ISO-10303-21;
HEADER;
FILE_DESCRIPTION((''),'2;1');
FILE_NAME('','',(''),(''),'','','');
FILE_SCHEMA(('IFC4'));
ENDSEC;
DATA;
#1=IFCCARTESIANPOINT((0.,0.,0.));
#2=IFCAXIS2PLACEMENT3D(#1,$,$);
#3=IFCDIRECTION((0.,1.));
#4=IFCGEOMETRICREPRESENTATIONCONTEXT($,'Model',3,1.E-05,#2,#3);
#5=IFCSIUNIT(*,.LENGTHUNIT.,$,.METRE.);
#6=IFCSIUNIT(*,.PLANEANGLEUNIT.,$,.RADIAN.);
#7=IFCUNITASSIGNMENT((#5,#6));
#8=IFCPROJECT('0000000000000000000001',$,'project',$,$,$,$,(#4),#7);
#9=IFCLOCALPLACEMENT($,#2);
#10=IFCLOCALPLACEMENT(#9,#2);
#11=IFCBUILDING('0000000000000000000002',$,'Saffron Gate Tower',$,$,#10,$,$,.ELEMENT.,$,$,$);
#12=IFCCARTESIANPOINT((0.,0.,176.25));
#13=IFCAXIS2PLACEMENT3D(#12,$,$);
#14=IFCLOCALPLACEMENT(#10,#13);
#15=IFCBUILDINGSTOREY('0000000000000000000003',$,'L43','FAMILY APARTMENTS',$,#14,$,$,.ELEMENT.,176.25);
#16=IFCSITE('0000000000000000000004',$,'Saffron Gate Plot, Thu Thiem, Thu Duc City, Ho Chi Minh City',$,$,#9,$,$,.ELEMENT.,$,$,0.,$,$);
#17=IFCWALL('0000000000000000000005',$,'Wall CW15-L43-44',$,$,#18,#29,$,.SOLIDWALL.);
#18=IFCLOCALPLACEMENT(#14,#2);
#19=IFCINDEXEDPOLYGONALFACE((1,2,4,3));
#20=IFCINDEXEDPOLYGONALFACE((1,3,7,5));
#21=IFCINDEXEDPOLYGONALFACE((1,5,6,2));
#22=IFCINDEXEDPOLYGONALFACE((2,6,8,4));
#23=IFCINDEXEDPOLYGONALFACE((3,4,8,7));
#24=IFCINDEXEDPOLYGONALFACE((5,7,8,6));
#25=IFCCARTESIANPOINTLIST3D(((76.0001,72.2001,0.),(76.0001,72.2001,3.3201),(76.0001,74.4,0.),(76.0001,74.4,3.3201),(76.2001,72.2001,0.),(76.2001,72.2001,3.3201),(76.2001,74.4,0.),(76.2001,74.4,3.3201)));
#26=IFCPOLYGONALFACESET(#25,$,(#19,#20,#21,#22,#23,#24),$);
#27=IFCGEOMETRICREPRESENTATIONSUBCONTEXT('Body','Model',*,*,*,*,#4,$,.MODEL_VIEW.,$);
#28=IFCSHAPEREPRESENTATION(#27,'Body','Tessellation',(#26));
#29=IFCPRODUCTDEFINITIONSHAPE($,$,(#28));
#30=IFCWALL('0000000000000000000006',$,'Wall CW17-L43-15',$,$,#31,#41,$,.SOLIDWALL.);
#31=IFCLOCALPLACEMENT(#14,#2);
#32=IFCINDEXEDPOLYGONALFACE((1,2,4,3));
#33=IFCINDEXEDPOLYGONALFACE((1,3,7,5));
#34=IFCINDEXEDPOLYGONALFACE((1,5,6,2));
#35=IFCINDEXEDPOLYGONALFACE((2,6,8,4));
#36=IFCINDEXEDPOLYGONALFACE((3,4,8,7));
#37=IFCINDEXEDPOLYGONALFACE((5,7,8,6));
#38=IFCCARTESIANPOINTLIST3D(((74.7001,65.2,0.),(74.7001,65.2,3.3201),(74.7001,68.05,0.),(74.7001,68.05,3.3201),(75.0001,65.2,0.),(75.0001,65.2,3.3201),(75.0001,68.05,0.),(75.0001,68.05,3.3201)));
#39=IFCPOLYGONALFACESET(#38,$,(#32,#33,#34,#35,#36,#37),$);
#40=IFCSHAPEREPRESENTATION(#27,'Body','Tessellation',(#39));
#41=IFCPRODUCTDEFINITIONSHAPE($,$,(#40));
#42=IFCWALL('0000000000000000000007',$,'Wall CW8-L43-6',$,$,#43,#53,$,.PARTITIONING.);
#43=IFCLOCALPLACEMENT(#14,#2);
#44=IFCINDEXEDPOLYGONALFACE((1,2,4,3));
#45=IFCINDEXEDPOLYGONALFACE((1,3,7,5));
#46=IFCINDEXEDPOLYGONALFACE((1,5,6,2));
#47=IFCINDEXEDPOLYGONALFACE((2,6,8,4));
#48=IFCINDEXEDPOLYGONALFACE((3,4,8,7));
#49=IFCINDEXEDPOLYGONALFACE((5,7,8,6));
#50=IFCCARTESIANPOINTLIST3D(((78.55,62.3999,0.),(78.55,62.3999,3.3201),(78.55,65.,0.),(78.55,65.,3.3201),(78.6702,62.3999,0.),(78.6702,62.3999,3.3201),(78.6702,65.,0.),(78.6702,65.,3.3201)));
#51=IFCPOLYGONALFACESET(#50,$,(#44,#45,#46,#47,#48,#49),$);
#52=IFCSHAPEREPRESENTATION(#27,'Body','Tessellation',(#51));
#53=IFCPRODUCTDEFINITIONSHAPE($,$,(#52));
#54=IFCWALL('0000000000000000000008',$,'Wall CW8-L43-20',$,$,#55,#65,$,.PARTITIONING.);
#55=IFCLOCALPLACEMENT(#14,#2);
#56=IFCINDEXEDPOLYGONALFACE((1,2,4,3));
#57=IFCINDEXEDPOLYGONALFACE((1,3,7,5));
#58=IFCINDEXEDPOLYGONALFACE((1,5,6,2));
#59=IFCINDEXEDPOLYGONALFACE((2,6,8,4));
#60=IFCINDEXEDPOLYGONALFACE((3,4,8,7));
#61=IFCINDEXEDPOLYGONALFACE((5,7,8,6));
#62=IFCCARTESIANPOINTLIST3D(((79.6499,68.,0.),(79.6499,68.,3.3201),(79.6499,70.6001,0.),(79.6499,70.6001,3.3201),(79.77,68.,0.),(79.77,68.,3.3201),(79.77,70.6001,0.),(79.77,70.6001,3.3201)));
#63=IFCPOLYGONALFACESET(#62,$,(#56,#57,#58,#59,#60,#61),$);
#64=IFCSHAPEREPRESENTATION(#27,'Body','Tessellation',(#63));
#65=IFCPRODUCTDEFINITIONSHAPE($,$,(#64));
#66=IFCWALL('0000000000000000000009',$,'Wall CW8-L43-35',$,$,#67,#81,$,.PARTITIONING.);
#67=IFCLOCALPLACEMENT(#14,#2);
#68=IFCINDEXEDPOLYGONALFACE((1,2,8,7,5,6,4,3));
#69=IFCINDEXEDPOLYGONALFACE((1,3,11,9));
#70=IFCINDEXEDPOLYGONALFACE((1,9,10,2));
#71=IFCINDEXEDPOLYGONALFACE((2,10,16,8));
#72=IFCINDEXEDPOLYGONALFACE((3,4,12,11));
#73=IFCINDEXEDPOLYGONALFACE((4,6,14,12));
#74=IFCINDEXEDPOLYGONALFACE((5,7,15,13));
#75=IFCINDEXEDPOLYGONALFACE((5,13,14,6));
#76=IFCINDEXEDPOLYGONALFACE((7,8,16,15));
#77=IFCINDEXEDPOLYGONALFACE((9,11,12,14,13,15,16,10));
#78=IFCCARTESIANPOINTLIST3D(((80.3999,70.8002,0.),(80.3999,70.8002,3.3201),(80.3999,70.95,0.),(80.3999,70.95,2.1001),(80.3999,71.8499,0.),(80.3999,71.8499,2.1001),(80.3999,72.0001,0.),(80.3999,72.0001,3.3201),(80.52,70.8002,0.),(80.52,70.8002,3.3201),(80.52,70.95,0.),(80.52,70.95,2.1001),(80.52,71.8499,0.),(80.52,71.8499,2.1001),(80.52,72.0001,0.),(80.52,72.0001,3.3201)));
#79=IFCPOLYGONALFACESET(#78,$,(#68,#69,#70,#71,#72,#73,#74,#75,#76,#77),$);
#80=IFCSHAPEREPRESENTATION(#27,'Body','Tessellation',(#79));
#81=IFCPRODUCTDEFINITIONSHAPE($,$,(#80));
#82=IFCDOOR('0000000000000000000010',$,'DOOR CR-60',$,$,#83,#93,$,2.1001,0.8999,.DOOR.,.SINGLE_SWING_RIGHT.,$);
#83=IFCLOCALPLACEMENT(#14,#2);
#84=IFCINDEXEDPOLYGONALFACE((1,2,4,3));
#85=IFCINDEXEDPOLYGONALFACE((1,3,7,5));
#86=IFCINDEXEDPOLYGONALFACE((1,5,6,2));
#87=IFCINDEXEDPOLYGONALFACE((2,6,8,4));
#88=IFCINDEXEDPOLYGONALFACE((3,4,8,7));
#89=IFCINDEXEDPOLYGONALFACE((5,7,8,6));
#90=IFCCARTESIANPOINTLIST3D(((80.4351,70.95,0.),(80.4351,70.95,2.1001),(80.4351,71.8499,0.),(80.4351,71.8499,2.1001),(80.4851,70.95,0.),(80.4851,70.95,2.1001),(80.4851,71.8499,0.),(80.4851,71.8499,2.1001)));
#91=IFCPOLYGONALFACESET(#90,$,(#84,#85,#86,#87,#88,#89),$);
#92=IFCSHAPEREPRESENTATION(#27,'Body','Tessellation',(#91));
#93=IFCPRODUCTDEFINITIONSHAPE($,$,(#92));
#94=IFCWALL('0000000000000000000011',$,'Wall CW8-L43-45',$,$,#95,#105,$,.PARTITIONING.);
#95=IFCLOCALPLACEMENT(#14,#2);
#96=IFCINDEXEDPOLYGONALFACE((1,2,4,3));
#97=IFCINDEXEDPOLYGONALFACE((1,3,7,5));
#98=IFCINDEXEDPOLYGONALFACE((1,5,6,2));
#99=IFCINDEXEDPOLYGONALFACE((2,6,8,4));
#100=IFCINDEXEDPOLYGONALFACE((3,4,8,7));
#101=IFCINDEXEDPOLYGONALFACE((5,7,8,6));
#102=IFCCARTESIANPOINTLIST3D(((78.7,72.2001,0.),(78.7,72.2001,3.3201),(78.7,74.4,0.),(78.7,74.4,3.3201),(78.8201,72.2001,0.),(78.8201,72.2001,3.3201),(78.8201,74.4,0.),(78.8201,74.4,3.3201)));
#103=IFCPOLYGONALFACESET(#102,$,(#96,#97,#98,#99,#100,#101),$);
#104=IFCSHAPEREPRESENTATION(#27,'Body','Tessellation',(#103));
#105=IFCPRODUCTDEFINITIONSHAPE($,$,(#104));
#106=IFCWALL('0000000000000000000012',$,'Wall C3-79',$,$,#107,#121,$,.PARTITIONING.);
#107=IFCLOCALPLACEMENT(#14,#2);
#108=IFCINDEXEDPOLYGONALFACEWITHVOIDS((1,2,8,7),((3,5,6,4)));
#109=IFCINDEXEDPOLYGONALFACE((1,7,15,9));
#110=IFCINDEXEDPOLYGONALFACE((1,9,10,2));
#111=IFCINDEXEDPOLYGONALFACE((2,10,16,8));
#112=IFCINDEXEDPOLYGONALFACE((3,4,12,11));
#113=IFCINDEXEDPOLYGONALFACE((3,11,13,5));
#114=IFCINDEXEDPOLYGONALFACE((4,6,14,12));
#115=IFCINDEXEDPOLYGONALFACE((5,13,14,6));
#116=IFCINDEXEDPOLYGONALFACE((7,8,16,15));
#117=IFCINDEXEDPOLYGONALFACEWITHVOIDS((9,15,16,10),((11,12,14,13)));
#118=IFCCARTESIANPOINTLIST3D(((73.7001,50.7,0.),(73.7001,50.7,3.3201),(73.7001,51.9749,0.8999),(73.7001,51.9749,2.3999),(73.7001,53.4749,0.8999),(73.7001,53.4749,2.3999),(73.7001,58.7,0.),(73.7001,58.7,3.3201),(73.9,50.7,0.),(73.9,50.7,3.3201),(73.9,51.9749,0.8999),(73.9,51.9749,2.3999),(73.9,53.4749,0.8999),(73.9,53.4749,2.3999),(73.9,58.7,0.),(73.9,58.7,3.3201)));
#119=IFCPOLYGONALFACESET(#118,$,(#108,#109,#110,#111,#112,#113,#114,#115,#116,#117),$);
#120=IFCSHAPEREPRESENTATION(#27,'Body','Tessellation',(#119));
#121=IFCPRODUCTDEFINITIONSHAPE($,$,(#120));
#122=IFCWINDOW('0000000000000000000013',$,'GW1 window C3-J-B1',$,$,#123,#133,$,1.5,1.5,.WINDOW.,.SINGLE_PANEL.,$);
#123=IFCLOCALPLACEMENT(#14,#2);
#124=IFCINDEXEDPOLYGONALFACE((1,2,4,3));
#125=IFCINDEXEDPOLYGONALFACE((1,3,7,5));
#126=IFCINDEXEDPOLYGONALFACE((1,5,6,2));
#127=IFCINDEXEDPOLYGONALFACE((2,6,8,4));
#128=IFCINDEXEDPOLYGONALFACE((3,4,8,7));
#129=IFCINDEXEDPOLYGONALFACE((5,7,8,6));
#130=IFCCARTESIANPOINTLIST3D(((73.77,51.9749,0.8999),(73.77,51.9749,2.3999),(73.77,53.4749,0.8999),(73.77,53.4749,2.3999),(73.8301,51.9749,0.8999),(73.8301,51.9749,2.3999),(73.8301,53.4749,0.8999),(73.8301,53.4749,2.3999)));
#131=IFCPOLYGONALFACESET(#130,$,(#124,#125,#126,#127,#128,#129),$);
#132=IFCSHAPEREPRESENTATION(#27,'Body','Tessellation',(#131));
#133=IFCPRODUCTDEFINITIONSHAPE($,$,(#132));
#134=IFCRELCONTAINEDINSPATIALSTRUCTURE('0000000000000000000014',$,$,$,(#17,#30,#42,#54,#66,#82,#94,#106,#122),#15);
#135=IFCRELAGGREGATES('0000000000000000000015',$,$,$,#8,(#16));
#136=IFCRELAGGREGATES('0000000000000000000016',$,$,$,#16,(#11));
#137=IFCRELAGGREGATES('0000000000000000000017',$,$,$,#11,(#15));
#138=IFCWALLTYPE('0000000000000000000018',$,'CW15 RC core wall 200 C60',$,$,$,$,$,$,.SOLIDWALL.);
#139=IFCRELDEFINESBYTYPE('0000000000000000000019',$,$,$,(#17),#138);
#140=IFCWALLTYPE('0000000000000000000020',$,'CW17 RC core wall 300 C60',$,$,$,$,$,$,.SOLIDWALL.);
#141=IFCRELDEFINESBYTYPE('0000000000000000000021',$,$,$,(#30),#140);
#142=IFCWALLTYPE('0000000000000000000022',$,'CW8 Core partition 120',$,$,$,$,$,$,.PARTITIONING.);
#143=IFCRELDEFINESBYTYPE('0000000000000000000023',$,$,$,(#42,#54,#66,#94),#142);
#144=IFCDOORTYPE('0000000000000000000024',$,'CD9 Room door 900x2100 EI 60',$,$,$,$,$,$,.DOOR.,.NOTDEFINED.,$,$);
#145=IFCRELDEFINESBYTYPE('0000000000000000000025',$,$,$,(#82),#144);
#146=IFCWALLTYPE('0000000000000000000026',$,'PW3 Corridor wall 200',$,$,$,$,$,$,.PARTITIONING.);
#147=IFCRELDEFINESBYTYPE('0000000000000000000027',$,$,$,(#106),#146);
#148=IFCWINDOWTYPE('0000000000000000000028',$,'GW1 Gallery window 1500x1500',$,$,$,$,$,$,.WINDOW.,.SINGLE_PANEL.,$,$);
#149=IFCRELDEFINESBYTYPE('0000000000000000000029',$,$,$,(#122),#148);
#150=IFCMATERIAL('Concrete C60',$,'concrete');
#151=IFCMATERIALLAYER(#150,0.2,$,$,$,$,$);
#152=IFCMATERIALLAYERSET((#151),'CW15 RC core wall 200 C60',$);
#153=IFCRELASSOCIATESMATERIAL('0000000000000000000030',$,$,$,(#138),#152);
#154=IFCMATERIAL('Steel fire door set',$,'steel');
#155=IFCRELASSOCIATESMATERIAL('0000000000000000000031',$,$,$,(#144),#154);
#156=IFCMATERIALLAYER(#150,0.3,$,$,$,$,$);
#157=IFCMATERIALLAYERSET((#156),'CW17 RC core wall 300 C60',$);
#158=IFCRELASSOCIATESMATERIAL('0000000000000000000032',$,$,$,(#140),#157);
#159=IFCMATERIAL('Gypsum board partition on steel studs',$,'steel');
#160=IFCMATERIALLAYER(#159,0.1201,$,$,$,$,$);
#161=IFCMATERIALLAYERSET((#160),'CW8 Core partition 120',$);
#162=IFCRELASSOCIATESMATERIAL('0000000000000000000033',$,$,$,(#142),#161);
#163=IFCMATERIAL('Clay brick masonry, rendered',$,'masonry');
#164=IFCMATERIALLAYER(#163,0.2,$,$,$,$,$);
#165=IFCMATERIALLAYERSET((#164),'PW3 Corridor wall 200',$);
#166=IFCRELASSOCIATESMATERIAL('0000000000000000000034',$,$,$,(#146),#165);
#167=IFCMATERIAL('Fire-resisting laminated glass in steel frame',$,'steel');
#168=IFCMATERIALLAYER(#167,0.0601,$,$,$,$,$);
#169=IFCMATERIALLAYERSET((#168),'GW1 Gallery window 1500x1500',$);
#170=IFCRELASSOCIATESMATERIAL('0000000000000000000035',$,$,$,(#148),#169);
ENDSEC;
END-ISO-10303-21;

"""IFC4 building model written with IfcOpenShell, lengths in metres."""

from ifc_helpers import new_model, si_unit, direction, frame, frame_2d, origin, place, context, subcontext, project, spatial, rectangle, extrude, material, layer, layer_set, type_object, element, fill, save


model = new_model("IFC4")

# Units and contexts
model_context = context("Model", 3, precision=1e-05, world=origin(), true_north=direction((0.0, 1.0)))
body_context = subcontext(model_context, "Body", "Model", "MODEL_VIEW")
ifc_project = project(units=[si_unit("LENGTHUNIT", "METRE"), si_unit("PLANEANGLEUNIT", "RADIAN")], contexts=[model_context])

# Site, building, storey
site_placement = place(None, origin())
site = spatial("IfcSite", under=ifc_project, at=site_placement, Name="Saffron Gate Plot, Thu Thiem, Thu Duc City, Ho Chi Minh City", CompositionType="ELEMENT", RefElevation=0.0)
building_placement = place(site_placement, origin())
building = spatial("IfcBuilding", under=site, at=building_placement, Name="Saffron Gate Tower", CompositionType="ELEMENT")
storey_placement = place(building_placement, frame((0.0, 0.0, 176.25)))
storey = spatial("IfcBuildingStorey", under=building, at=storey_placement, Name="L43", Description="FAMILY APARTMENTS", CompositionType="ELEMENT", Elevation=176.25)

# Shared definitions
ifc_material_1 = material(Name="Concrete C60", Category="concrete")

# Shared definitions
ifc_layer_1 = layer(ifc_material_1, 0.2)
ifc_layer_set_1 = layer_set([ifc_layer_1], Name="CW15 RC core wall 200 C60")
wall_type_1 = type_object("IfcWallType", Name="CW15 RC core wall 200 C60", PredefinedType="SOLIDWALL", material=ifc_layer_set_1)
ifc_material_2 = material(Name="Steel fire door set", Category="steel")
door_type_1 = type_object("IfcDoorType", Name="CD9 Room door 900x2100 EI 60", OperationType="NOTDEFINED", PredefinedType="DOOR", material=ifc_material_2)

# Walls
wall_1_placement = place(storey_placement, frame((76.1001, 72.2, 0.0), z_axis=(0.0, 0.0, 1.0), x_axis=(0.0, 1.0, 0.0)))
element("IfcWall", 1, at=wall_1_placement, inside=storey, type_object=wall_type_1, Name="Wall CW15-L43-44", PredefinedType="SOLIDWALL", context=body_context, shape_type="SweptSolid", body=[
    extrude(rectangle(XDim=2.2, YDim=0.2, at=frame_2d((1.1001, 0.0))), origin(), (0.0, 0.0, 1.0), 3.3201),
])
ifc_layer_2 = layer(ifc_material_1, 0.3)
ifc_layer_set_2 = layer_set([ifc_layer_2], Name="CW17 RC core wall 300 C60")
wall_type_2 = type_object("IfcWallType", Name="CW17 RC core wall 300 C60", PredefinedType="SOLIDWALL", material=ifc_layer_set_2)
wall_2_placement = place(storey_placement, frame((74.8501, 65.2, 0.0), z_axis=(0.0, 0.0, 1.0), x_axis=(0.0, 1.0, 0.0)))
element("IfcWall", 2, at=wall_2_placement, inside=storey, type_object=wall_type_2, Name="Wall CW17-L43-15", PredefinedType="SOLIDWALL", context=body_context, shape_type="SweptSolid", body=[
    extrude(rectangle(XDim=2.8501, YDim=0.3, at=frame_2d((1.425, 0.0))), origin(), (0.0, 0.0, 1.0), 3.3201),
])
ifc_material_3 = material(Name="Gypsum board partition on steel studs", Category="steel")
ifc_layer_3 = layer(ifc_material_3, 0.1201)
ifc_layer_set_3 = layer_set([ifc_layer_3], Name="CW8 Core partition 120")
wall_type_3 = type_object("IfcWallType", Name="CW8 Core partition 120", PredefinedType="PARTITIONING", material=ifc_layer_set_3)
for number, where, z_axis, x_axis, name in (
    (3, (78.6101, 62.3999, 0.0), (0.0, 0.0, 1.0), (0.0, 1.0, 0.0), "Wall CW8-L43-6"),
    (4, (79.71, 68.0, 0.0), (0.0, 0.0, 1.0), (0.0, 1.0, 0.0), "Wall CW8-L43-20"),
):
    element("IfcWall", number, at=place(storey_placement, frame(where, z_axis=z_axis, x_axis=x_axis)), inside=storey, type_object=wall_type_3, Name=name, PredefinedType="PARTITIONING", context=body_context, shape_type="SweptSolid", body=[
        extrude(rectangle(XDim=2.6001, YDim=0.1201, at=frame_2d((1.3, 0.0))), origin(), (0.0, 0.0, 1.0), 3.3201),
    ])

# Wall, opening, door
wall_3_placement = place(storey_placement, frame((80.46, 70.8, 0.0), z_axis=(0.0, 0.0, 1.0), x_axis=(0.0, 1.0, 0.0)))
wall_3 = element("IfcWall", 5, at=wall_3_placement, inside=storey, type_object=wall_type_3, Name="Wall CW8-L43-35", PredefinedType="PARTITIONING", context=body_context, shape_type="SweptSolid", body=[
    extrude(rectangle(XDim=1.2, YDim=0.1201, at=frame_2d((0.6001, 0.0))), origin(), (0.0, 0.0, 1.0), 3.3201),
])
opening_1_placement = place(wall_3_placement, frame((0.1499, 0.0, 0.0)))
opening_1 = element("IfcOpeningElement", 6, at=opening_1_placement, cuts=wall_3, PredefinedType="OPENING", context=body_context, shape_type="SweptSolid", body=[
    extrude(rectangle(XDim=0.8999, YDim=2.1001, at=frame_2d((0.45, 1.05))), frame((0.0, 0.0701, 0.0), z_axis=(0.0, -1.0, 0.0), x_axis=(1.0, 0.0, 0.0)), (0.0, 0.0, 1.0), 0.1401),
])
door_1_placement = place(opening_1_placement, origin())
door_1 = element("IfcDoor", 7, at=door_1_placement, inside=storey, type_object=door_type_1, Name="DOOR CR-60", OperationType="SINGLE_SWING_RIGHT", OverallHeight=2.1001, OverallWidth=0.8999, PredefinedType="DOOR", context=body_context, shape_type="SweptSolid", body=[
    extrude(rectangle(XDim=0.8999, YDim=2.1001, at=frame_2d((0.45, 1.05))), frame((0.0, 0.0249, 0.0), z_axis=(0.0, -1.0, 0.0), x_axis=(1.0, 0.0, 0.0)), (0.0, 0.0, 1.0), 0.05),
])
fill(opening_1, door_1)

# Wall
wall_4_placement = place(storey_placement, frame((78.76, 72.2, 0.0), z_axis=(0.0, 0.0, 1.0), x_axis=(0.0, 1.0, 0.0)))
element("IfcWall", 8, at=wall_4_placement, inside=storey, type_object=wall_type_3, Name="Wall CW8-L43-45", PredefinedType="PARTITIONING", context=body_context, shape_type="SweptSolid", body=[
    extrude(rectangle(XDim=2.2, YDim=0.1201, at=frame_2d((1.1001, 0.0))), origin(), (0.0, 0.0, 1.0), 3.3201),
])

# Wall, opening, window
ifc_material_4 = material(Name="Clay brick masonry, rendered", Category="masonry")
ifc_layer_4 = layer(ifc_material_4, 0.2)
ifc_layer_set_4 = layer_set([ifc_layer_4], Name="PW3 Corridor wall 200")
wall_type_4 = type_object("IfcWallType", Name="PW3 Corridor wall 200", PredefinedType="PARTITIONING", material=ifc_layer_set_4)
wall_5_placement = place(storey_placement, frame((73.8, 58.7, 0.0), z_axis=(0.0, 0.0, 1.0), x_axis=(0.0, -1.0, 0.0)))
wall_5 = element("IfcWall", 9, at=wall_5_placement, inside=storey, type_object=wall_type_4, Name="Wall C3-79", PredefinedType="PARTITIONING", context=body_context, shape_type="SweptSolid", body=[
    extrude(rectangle(XDim=8.0, YDim=0.2, at=frame_2d((4.0, 0.0))), origin(), (0.0, 0.0, 1.0), 3.3201),
])
opening_2_placement = place(wall_5_placement, frame((5.2251, 0.0, 0.8999)))
opening_2 = element("IfcOpeningElement", 10, at=opening_2_placement, cuts=wall_5, PredefinedType="OPENING", context=body_context, shape_type="SweptSolid", body=[
    extrude(rectangle(XDim=1.5, YDim=1.5, at=frame_2d((0.75, 0.75))), frame((0.0, 0.1099, 0.0), z_axis=(0.0, -1.0, 0.0), x_axis=(1.0, 0.0, 0.0)), (0.0, 0.0, 1.0), 0.22),
])
ifc_material_5 = material(Name="Fire-resisting laminated glass in steel frame", Category="steel")
ifc_layer_5 = layer(ifc_material_5, 0.0601)
ifc_layer_set_5 = layer_set([ifc_layer_5], Name="GW1 Gallery window 1500x1500")
window_type = type_object("IfcWindowType", Name="GW1 Gallery window 1500x1500", PartitioningType="SINGLE_PANEL", PredefinedType="WINDOW", material=ifc_layer_set_5)
window_placement = place(opening_2_placement, origin())
window = element("IfcWindow", 11, at=window_placement, inside=storey, type_object=window_type, Name="GW1 window C3-J-B1", OverallHeight=1.5, OverallWidth=1.5, PartitioningType="SINGLE_PANEL", PredefinedType="WINDOW", context=body_context, shape_type="SweptSolid", body=[
    extrude(rectangle(XDim=1.5, YDim=1.5, at=frame_2d((0.75, 0.75))), frame((0.0, 0.03, 0.0), z_axis=(0.0, -1.0, 0.0), x_axis=(1.0, 0.0, 0.0)), (0.0, 0.0, 1.0), 0.0601),
])
fill(opening_2, window)

save(model, "model.ifc")
